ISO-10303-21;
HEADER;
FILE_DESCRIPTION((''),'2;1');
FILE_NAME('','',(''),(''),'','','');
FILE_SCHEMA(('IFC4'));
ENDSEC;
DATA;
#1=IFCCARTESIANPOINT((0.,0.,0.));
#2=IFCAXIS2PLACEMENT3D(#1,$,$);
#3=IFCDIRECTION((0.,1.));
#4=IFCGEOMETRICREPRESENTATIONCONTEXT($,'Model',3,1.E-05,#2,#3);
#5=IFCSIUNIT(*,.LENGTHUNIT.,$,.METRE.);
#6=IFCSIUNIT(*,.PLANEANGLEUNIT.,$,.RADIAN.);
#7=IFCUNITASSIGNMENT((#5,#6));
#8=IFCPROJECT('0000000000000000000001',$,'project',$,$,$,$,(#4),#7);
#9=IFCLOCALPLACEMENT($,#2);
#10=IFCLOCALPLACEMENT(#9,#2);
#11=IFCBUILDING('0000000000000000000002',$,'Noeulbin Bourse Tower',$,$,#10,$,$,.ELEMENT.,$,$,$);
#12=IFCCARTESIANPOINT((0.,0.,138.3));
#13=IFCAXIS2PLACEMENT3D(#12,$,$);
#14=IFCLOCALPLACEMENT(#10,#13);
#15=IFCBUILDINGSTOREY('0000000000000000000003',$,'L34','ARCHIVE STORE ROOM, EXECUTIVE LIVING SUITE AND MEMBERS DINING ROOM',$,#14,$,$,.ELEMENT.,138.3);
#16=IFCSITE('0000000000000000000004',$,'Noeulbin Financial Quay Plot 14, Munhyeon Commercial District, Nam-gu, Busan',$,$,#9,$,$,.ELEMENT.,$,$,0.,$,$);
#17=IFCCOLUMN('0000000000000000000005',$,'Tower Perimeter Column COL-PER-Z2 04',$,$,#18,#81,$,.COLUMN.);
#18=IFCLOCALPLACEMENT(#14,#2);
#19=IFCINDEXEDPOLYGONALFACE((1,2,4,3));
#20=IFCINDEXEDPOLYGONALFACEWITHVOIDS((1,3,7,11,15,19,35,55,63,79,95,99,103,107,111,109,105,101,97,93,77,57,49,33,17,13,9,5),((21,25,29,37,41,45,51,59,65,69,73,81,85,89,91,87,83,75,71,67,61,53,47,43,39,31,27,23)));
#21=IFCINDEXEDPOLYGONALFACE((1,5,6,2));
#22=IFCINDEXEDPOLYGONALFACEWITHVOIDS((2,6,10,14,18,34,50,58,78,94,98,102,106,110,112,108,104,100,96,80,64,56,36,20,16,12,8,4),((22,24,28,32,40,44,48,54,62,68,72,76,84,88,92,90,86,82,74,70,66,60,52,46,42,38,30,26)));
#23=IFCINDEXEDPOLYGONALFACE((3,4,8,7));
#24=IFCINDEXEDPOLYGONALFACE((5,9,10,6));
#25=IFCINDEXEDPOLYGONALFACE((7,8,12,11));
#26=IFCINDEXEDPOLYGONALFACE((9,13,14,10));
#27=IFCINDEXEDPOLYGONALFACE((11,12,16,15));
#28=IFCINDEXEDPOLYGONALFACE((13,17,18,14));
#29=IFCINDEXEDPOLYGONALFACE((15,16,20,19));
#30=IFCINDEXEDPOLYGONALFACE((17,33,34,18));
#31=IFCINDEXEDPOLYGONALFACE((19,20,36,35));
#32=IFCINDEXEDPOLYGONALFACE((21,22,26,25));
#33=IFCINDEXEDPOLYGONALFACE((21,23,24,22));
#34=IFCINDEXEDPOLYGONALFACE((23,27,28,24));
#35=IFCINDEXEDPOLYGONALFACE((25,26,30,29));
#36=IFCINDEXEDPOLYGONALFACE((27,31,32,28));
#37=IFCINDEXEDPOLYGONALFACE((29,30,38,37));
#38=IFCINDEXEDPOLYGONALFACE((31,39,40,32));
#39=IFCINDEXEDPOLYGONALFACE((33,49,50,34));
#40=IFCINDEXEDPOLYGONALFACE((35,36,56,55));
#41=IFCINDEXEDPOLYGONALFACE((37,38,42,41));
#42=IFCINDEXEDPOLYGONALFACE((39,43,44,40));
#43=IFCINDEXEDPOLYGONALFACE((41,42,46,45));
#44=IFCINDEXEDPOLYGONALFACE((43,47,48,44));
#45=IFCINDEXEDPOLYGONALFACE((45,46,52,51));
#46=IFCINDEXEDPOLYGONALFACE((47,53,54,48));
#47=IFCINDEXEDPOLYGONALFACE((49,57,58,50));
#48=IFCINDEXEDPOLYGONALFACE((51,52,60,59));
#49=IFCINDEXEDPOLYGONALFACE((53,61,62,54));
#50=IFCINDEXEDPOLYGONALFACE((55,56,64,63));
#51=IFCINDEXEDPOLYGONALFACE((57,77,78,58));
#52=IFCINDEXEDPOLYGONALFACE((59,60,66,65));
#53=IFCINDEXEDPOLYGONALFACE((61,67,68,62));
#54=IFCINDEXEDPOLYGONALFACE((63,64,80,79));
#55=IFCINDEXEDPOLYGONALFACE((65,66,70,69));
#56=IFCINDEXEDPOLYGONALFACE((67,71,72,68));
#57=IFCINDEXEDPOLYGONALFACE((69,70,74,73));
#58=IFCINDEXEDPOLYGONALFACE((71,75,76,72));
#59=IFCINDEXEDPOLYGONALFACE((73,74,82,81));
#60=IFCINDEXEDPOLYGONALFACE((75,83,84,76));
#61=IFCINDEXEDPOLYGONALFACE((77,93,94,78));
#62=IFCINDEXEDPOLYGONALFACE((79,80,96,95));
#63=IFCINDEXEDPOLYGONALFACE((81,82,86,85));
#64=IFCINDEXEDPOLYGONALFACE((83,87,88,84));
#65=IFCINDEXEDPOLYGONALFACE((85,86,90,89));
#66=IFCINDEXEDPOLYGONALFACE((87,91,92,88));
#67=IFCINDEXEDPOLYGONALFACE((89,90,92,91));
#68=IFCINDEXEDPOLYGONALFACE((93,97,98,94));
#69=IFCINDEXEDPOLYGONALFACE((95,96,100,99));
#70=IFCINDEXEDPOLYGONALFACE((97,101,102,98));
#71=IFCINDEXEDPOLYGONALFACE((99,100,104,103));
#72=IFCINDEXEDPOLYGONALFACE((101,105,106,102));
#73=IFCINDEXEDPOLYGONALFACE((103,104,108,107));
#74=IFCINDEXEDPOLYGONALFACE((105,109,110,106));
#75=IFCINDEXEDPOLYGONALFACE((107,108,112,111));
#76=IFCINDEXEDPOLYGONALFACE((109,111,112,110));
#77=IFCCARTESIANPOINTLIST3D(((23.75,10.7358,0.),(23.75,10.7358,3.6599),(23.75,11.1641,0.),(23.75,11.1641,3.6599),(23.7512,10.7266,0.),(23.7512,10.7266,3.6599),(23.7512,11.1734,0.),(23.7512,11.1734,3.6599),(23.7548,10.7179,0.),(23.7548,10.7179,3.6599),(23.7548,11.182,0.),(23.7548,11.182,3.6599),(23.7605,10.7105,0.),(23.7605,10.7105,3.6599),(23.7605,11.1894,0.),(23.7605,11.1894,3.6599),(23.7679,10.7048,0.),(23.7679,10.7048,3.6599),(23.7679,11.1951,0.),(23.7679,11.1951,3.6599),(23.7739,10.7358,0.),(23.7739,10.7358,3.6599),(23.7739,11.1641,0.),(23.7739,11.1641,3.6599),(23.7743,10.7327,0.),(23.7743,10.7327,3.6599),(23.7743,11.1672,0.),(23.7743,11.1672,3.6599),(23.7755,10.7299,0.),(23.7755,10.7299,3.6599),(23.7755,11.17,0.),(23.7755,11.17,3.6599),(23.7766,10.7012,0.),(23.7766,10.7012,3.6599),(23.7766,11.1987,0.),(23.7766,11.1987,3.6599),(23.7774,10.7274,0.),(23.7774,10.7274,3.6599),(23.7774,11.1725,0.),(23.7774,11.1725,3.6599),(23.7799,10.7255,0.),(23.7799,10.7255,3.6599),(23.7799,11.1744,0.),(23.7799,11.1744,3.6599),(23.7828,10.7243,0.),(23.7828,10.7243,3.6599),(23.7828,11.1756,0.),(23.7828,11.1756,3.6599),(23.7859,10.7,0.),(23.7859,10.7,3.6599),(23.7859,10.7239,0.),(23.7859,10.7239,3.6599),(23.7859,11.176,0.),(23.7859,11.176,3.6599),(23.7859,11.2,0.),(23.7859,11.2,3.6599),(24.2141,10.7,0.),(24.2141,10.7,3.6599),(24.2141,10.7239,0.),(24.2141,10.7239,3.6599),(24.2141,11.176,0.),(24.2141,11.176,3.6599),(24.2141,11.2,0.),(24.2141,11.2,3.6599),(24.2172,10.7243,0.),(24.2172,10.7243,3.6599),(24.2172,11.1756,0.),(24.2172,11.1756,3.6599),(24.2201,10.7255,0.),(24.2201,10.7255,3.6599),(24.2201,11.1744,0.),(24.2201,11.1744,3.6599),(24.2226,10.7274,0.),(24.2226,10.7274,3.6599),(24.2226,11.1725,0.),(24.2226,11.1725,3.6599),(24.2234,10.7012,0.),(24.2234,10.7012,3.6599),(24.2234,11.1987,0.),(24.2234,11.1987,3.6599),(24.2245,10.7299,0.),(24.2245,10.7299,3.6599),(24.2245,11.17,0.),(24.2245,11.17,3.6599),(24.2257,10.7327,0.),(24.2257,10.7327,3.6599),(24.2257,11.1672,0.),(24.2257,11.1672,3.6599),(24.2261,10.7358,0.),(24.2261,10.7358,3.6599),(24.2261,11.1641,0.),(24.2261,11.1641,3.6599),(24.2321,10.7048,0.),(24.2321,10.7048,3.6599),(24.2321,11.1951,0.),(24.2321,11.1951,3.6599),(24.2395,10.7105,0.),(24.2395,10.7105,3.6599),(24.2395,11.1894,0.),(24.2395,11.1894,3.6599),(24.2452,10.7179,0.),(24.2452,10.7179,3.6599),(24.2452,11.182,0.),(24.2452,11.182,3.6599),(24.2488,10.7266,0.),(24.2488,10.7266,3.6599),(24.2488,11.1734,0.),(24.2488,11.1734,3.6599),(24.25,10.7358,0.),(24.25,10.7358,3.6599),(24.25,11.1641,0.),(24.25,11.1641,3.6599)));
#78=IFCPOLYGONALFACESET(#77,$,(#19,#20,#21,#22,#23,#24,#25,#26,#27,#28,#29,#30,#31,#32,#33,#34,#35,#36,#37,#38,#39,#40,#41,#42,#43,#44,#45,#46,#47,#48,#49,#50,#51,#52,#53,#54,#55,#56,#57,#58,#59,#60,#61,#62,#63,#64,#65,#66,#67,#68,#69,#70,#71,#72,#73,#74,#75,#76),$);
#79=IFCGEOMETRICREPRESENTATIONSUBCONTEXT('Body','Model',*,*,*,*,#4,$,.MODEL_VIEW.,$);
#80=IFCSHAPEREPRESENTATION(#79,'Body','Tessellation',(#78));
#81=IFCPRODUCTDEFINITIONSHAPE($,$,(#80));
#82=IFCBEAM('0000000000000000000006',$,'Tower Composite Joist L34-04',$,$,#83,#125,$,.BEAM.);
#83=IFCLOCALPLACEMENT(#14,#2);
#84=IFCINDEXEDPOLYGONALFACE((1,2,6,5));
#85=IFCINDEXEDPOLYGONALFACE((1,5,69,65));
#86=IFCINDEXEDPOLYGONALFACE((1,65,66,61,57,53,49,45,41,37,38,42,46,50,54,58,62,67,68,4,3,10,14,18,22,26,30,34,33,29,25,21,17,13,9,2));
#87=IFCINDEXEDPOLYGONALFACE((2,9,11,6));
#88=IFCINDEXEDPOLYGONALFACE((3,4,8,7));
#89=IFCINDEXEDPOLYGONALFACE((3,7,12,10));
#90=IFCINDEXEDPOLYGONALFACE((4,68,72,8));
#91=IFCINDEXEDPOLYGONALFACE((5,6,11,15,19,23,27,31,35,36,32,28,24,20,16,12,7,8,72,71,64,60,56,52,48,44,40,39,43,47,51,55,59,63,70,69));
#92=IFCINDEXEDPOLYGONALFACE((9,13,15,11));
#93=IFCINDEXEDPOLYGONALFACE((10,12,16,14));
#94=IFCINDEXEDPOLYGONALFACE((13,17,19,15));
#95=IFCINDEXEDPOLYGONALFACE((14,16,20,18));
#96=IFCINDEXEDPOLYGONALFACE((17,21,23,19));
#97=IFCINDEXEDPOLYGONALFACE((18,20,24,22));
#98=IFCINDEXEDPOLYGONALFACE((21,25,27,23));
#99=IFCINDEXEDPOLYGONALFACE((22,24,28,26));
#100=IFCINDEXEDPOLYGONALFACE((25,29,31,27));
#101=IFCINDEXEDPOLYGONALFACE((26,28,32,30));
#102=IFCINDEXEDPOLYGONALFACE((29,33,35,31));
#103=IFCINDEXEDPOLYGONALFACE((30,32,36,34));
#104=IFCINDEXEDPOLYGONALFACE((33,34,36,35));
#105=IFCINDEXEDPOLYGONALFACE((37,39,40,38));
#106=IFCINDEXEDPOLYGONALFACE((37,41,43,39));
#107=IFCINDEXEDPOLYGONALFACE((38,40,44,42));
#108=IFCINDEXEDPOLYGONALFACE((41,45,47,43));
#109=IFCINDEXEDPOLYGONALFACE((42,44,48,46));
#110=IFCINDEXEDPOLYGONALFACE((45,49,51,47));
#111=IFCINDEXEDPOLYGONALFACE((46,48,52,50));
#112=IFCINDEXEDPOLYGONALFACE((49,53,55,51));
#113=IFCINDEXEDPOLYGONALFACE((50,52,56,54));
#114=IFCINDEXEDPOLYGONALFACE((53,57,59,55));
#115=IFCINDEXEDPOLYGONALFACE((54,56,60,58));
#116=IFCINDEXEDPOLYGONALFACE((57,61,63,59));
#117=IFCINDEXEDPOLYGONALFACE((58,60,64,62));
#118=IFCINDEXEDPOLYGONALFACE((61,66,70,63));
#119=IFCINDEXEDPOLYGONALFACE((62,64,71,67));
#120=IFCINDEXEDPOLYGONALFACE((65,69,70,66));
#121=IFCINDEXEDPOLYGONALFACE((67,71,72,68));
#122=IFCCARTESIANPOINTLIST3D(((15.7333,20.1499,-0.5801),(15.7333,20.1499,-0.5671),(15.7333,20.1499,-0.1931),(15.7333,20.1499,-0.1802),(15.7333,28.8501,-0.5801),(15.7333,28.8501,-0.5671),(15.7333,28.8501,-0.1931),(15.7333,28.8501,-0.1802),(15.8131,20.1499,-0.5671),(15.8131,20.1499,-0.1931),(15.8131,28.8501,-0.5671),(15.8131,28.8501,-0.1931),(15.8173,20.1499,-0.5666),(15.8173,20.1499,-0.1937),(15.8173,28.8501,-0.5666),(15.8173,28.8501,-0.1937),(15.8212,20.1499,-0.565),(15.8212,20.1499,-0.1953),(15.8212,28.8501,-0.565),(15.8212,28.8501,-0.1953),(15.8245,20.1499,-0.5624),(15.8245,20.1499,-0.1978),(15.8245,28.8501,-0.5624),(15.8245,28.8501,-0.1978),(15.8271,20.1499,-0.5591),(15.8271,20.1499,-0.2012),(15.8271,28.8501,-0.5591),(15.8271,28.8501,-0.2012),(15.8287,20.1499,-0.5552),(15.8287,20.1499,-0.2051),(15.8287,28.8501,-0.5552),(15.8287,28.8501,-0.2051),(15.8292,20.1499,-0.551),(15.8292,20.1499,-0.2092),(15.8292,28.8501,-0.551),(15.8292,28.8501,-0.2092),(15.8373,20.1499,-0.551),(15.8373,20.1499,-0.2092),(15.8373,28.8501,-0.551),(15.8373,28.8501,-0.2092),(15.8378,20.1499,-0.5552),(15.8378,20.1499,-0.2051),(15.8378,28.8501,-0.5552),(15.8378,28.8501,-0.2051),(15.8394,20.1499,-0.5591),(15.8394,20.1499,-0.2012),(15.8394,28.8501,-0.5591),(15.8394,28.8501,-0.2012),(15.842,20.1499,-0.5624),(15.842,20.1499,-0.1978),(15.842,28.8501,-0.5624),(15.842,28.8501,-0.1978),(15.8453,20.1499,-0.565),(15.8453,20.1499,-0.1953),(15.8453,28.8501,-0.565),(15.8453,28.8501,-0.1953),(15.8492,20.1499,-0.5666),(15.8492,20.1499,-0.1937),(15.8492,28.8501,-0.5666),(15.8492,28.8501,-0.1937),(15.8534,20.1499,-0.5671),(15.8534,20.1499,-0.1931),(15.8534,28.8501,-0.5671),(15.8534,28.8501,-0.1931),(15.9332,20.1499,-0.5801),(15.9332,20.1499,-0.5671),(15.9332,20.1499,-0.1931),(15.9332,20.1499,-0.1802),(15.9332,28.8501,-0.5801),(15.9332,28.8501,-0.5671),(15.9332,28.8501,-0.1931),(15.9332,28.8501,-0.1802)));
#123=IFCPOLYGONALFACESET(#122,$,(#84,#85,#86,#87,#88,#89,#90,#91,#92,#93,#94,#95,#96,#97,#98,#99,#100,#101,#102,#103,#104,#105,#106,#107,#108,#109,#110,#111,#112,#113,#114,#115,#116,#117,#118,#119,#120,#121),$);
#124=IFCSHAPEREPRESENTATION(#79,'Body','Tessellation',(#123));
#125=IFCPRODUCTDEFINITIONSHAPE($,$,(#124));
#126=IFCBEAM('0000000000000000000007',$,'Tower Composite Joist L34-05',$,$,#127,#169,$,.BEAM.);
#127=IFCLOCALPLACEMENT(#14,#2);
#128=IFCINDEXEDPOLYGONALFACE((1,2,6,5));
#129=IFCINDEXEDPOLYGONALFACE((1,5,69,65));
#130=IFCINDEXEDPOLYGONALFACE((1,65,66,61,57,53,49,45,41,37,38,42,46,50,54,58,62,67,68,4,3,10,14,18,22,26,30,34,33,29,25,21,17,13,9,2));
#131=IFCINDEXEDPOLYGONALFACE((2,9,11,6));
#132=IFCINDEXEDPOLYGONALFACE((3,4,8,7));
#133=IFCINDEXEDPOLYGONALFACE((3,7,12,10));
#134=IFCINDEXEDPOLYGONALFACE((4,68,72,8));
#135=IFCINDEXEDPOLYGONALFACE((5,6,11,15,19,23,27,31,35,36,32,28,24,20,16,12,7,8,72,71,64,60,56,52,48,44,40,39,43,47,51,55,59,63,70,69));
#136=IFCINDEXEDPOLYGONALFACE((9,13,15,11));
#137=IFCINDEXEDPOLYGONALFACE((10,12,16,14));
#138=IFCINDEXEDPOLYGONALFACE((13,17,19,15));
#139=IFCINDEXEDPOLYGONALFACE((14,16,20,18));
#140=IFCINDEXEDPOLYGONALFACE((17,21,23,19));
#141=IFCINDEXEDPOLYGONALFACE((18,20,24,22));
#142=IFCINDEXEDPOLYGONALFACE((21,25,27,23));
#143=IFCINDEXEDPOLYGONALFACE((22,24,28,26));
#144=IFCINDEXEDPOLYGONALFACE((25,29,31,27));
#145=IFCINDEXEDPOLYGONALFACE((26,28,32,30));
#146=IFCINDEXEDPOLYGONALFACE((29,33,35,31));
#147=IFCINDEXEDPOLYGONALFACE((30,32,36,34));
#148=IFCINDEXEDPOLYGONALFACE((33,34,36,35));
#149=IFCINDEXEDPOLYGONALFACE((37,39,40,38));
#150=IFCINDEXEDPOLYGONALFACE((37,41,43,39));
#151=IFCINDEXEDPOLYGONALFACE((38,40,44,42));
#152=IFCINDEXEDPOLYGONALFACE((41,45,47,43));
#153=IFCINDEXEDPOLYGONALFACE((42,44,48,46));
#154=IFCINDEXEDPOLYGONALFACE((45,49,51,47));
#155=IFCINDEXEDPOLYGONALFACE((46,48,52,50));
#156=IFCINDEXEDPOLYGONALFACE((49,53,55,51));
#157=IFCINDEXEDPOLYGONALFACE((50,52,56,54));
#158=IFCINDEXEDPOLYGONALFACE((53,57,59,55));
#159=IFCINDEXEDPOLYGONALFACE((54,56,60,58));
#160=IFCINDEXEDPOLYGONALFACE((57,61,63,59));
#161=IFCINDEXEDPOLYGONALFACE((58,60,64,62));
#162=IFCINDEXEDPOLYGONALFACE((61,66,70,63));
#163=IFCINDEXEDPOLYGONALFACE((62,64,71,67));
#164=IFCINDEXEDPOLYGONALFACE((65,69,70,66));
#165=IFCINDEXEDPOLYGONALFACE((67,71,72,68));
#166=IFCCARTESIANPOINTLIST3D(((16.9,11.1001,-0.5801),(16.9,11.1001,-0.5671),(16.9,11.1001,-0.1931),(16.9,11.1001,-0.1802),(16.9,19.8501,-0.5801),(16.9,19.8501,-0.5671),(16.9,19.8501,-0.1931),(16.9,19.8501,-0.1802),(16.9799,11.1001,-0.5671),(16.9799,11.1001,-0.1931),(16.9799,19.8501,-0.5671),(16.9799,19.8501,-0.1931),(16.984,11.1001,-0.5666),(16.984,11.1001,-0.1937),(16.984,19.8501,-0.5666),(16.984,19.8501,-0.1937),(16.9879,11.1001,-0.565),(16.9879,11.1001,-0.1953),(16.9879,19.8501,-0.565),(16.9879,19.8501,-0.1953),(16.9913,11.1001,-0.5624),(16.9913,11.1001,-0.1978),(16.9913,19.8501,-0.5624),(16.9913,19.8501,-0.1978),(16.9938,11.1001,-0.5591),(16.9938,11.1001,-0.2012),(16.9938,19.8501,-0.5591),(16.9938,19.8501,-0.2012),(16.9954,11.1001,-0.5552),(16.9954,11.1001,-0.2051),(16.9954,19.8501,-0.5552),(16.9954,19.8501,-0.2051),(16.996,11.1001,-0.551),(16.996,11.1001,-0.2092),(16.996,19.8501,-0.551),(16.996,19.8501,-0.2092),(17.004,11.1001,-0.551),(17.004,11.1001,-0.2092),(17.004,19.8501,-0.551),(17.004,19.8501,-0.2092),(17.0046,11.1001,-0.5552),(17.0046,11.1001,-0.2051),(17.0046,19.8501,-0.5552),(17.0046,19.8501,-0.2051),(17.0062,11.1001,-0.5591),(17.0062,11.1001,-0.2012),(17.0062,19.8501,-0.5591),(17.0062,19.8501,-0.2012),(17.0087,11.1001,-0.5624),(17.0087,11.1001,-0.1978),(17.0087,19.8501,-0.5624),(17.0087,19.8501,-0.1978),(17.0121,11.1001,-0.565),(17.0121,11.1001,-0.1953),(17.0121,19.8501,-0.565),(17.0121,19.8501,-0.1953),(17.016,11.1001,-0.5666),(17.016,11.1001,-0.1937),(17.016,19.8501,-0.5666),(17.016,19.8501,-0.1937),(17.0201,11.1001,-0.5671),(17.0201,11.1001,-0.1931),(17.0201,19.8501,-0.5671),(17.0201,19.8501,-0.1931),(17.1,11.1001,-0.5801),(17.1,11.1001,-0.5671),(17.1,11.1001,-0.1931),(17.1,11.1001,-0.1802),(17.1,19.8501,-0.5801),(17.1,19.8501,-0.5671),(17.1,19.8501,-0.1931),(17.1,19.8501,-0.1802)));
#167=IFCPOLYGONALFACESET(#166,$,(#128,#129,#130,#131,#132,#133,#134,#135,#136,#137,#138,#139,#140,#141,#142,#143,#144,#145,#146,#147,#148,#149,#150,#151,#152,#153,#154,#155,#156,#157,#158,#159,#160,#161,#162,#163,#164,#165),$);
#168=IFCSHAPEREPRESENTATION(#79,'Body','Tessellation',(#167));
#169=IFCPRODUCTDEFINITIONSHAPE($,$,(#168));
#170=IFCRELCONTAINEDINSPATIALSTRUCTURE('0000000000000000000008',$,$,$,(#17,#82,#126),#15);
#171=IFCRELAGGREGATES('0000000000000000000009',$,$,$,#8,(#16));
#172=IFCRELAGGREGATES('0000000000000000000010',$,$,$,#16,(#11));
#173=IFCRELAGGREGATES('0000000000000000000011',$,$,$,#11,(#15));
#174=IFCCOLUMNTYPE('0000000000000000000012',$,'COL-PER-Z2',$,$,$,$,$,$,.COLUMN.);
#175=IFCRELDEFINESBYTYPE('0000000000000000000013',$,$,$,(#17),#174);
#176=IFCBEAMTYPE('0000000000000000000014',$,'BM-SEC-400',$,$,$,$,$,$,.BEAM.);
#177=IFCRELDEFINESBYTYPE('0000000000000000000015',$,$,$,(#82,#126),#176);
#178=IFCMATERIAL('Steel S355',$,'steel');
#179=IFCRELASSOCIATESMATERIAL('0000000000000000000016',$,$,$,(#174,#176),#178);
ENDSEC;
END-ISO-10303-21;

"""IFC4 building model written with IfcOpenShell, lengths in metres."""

from ifc_helpers import new_model, si_unit, direction, frame, origin, origin_2d, place, context, subcontext, project, spatial, hollow_rectangle, i_section, extrude, material, material_profile, profile_set, type_object, element, save


model = new_model("IFC4")

# Units and contexts
model_context = context("Model", 3, precision=1e-05, world=origin(), true_north=direction((0.0, 1.0)))
body_context = subcontext(model_context, "Body", "Model", "MODEL_VIEW")
ifc_project = project(units=[si_unit("LENGTHUNIT", "METRE"), si_unit("PLANEANGLEUNIT", "RADIAN")], contexts=[model_context])

# Site, building, storey
site_placement = place(None, origin())
site = spatial("IfcSite", under=ifc_project, at=site_placement, Name="Noeulbin Financial Quay Plot 14, Munhyeon Commercial District, Nam-gu, Busan", CompositionType="ELEMENT", RefElevation=0.0)
building_placement = place(site_placement, origin())
building = spatial("IfcBuilding", under=site, at=building_placement, Name="Noeulbin Bourse Tower", CompositionType="ELEMENT")
storey_placement = place(building_placement, frame((0.0, 0.0, 138.3)))
storey = spatial("IfcBuildingStorey", under=building, at=storey_placement, Name="L34", Description="ARCHIVE STORE ROOM, EXECUTIVE LIVING SUITE AND MEMBERS DINING ROOM", CompositionType="ELEMENT", Elevation=138.3)

# Column
ifc_material_1 = material(Name="Steel S355", Category="steel")
ifc_material_profile_1 = material_profile(ifc_material_1, hollow_rectangle(XDim=0.5, YDim=0.5, WallThickness=0.0239, InnerFilletRadius=0.012, OuterFilletRadius=0.0359, at=origin_2d()), Name="BOX-500x500x24", Category="LoadBearing")
ifc_profile_set_1 = profile_set([ifc_material_profile_1], Name="Steel S355")
column_type = type_object("IfcColumnType", Name="COL-PER-Z2", PredefinedType="COLUMN", material=ifc_profile_set_1)
column_placement = place(storey_placement, frame((24.0, 10.95, 0.0), z_axis=(0.0, 0.0, 1.0), x_axis=(1.0, 0.0, 0.0)))
element("IfcColumn", 1, at=column_placement, inside=storey, type_object=column_type, Name="Tower Perimeter Column COL-PER-Z2 04", PredefinedType="COLUMN", context=body_context, shape_type="SweptSolid", body=[
    extrude(hollow_rectangle(XDim=0.5, YDim=0.5, WallThickness=0.0239, InnerFilletRadius=0.012, OuterFilletRadius=0.0359, at=origin_2d()), origin(), (0.0, 0.0, 1.0), 3.6599),
])

# Beams
ifc_material_profile_2 = material_profile(ifc_material_1, i_section(OverallWidth=0.2, OverallDepth=0.3999, WebThickness=0.0081, FlangeThickness=0.0129, FilletRadius=0.0161, at=origin_2d()), Name="H-400x200x8x13", Category="LoadBearing")
ifc_profile_set_2 = profile_set([ifc_material_profile_2], Name="Steel S355")
beam_type = type_object("IfcBeamType", Name="BM-SEC-400", PredefinedType="BEAM", material=ifc_profile_set_2)
beam_1_placement = place(storey_placement, frame((15.8333, 20.1499, -0.3801), z_axis=(0.0, 1.0, 0.0), x_axis=(-1.0, 0.0, 0.0)))
element("IfcBeam", 2, at=beam_1_placement, inside=storey, type_object=beam_type, Name="Tower Composite Joist L34-04", PredefinedType="BEAM", context=body_context, shape_type="SweptSolid", body=[
    extrude(i_section(OverallWidth=0.2, OverallDepth=0.3999, WebThickness=0.0081, FlangeThickness=0.0129, FilletRadius=0.0161, at=origin_2d()), origin(), (0.0, 0.0, 1.0), 8.7002),
])
beam_2_placement = place(storey_placement, frame((17.0, 11.1001, -0.3801), z_axis=(0.0, 1.0, 0.0), x_axis=(-1.0, 0.0, 0.0)))
element("IfcBeam", 3, at=beam_2_placement, inside=storey, type_object=beam_type, Name="Tower Composite Joist L34-05", PredefinedType="BEAM", context=body_context, shape_type="SweptSolid", body=[
    extrude(i_section(OverallWidth=0.2, OverallDepth=0.3999, WebThickness=0.0081, FlangeThickness=0.0129, FilletRadius=0.0161, at=origin_2d()), origin(), (0.0, 0.0, 1.0), 8.75),
])

save(model, "model.ifc")
